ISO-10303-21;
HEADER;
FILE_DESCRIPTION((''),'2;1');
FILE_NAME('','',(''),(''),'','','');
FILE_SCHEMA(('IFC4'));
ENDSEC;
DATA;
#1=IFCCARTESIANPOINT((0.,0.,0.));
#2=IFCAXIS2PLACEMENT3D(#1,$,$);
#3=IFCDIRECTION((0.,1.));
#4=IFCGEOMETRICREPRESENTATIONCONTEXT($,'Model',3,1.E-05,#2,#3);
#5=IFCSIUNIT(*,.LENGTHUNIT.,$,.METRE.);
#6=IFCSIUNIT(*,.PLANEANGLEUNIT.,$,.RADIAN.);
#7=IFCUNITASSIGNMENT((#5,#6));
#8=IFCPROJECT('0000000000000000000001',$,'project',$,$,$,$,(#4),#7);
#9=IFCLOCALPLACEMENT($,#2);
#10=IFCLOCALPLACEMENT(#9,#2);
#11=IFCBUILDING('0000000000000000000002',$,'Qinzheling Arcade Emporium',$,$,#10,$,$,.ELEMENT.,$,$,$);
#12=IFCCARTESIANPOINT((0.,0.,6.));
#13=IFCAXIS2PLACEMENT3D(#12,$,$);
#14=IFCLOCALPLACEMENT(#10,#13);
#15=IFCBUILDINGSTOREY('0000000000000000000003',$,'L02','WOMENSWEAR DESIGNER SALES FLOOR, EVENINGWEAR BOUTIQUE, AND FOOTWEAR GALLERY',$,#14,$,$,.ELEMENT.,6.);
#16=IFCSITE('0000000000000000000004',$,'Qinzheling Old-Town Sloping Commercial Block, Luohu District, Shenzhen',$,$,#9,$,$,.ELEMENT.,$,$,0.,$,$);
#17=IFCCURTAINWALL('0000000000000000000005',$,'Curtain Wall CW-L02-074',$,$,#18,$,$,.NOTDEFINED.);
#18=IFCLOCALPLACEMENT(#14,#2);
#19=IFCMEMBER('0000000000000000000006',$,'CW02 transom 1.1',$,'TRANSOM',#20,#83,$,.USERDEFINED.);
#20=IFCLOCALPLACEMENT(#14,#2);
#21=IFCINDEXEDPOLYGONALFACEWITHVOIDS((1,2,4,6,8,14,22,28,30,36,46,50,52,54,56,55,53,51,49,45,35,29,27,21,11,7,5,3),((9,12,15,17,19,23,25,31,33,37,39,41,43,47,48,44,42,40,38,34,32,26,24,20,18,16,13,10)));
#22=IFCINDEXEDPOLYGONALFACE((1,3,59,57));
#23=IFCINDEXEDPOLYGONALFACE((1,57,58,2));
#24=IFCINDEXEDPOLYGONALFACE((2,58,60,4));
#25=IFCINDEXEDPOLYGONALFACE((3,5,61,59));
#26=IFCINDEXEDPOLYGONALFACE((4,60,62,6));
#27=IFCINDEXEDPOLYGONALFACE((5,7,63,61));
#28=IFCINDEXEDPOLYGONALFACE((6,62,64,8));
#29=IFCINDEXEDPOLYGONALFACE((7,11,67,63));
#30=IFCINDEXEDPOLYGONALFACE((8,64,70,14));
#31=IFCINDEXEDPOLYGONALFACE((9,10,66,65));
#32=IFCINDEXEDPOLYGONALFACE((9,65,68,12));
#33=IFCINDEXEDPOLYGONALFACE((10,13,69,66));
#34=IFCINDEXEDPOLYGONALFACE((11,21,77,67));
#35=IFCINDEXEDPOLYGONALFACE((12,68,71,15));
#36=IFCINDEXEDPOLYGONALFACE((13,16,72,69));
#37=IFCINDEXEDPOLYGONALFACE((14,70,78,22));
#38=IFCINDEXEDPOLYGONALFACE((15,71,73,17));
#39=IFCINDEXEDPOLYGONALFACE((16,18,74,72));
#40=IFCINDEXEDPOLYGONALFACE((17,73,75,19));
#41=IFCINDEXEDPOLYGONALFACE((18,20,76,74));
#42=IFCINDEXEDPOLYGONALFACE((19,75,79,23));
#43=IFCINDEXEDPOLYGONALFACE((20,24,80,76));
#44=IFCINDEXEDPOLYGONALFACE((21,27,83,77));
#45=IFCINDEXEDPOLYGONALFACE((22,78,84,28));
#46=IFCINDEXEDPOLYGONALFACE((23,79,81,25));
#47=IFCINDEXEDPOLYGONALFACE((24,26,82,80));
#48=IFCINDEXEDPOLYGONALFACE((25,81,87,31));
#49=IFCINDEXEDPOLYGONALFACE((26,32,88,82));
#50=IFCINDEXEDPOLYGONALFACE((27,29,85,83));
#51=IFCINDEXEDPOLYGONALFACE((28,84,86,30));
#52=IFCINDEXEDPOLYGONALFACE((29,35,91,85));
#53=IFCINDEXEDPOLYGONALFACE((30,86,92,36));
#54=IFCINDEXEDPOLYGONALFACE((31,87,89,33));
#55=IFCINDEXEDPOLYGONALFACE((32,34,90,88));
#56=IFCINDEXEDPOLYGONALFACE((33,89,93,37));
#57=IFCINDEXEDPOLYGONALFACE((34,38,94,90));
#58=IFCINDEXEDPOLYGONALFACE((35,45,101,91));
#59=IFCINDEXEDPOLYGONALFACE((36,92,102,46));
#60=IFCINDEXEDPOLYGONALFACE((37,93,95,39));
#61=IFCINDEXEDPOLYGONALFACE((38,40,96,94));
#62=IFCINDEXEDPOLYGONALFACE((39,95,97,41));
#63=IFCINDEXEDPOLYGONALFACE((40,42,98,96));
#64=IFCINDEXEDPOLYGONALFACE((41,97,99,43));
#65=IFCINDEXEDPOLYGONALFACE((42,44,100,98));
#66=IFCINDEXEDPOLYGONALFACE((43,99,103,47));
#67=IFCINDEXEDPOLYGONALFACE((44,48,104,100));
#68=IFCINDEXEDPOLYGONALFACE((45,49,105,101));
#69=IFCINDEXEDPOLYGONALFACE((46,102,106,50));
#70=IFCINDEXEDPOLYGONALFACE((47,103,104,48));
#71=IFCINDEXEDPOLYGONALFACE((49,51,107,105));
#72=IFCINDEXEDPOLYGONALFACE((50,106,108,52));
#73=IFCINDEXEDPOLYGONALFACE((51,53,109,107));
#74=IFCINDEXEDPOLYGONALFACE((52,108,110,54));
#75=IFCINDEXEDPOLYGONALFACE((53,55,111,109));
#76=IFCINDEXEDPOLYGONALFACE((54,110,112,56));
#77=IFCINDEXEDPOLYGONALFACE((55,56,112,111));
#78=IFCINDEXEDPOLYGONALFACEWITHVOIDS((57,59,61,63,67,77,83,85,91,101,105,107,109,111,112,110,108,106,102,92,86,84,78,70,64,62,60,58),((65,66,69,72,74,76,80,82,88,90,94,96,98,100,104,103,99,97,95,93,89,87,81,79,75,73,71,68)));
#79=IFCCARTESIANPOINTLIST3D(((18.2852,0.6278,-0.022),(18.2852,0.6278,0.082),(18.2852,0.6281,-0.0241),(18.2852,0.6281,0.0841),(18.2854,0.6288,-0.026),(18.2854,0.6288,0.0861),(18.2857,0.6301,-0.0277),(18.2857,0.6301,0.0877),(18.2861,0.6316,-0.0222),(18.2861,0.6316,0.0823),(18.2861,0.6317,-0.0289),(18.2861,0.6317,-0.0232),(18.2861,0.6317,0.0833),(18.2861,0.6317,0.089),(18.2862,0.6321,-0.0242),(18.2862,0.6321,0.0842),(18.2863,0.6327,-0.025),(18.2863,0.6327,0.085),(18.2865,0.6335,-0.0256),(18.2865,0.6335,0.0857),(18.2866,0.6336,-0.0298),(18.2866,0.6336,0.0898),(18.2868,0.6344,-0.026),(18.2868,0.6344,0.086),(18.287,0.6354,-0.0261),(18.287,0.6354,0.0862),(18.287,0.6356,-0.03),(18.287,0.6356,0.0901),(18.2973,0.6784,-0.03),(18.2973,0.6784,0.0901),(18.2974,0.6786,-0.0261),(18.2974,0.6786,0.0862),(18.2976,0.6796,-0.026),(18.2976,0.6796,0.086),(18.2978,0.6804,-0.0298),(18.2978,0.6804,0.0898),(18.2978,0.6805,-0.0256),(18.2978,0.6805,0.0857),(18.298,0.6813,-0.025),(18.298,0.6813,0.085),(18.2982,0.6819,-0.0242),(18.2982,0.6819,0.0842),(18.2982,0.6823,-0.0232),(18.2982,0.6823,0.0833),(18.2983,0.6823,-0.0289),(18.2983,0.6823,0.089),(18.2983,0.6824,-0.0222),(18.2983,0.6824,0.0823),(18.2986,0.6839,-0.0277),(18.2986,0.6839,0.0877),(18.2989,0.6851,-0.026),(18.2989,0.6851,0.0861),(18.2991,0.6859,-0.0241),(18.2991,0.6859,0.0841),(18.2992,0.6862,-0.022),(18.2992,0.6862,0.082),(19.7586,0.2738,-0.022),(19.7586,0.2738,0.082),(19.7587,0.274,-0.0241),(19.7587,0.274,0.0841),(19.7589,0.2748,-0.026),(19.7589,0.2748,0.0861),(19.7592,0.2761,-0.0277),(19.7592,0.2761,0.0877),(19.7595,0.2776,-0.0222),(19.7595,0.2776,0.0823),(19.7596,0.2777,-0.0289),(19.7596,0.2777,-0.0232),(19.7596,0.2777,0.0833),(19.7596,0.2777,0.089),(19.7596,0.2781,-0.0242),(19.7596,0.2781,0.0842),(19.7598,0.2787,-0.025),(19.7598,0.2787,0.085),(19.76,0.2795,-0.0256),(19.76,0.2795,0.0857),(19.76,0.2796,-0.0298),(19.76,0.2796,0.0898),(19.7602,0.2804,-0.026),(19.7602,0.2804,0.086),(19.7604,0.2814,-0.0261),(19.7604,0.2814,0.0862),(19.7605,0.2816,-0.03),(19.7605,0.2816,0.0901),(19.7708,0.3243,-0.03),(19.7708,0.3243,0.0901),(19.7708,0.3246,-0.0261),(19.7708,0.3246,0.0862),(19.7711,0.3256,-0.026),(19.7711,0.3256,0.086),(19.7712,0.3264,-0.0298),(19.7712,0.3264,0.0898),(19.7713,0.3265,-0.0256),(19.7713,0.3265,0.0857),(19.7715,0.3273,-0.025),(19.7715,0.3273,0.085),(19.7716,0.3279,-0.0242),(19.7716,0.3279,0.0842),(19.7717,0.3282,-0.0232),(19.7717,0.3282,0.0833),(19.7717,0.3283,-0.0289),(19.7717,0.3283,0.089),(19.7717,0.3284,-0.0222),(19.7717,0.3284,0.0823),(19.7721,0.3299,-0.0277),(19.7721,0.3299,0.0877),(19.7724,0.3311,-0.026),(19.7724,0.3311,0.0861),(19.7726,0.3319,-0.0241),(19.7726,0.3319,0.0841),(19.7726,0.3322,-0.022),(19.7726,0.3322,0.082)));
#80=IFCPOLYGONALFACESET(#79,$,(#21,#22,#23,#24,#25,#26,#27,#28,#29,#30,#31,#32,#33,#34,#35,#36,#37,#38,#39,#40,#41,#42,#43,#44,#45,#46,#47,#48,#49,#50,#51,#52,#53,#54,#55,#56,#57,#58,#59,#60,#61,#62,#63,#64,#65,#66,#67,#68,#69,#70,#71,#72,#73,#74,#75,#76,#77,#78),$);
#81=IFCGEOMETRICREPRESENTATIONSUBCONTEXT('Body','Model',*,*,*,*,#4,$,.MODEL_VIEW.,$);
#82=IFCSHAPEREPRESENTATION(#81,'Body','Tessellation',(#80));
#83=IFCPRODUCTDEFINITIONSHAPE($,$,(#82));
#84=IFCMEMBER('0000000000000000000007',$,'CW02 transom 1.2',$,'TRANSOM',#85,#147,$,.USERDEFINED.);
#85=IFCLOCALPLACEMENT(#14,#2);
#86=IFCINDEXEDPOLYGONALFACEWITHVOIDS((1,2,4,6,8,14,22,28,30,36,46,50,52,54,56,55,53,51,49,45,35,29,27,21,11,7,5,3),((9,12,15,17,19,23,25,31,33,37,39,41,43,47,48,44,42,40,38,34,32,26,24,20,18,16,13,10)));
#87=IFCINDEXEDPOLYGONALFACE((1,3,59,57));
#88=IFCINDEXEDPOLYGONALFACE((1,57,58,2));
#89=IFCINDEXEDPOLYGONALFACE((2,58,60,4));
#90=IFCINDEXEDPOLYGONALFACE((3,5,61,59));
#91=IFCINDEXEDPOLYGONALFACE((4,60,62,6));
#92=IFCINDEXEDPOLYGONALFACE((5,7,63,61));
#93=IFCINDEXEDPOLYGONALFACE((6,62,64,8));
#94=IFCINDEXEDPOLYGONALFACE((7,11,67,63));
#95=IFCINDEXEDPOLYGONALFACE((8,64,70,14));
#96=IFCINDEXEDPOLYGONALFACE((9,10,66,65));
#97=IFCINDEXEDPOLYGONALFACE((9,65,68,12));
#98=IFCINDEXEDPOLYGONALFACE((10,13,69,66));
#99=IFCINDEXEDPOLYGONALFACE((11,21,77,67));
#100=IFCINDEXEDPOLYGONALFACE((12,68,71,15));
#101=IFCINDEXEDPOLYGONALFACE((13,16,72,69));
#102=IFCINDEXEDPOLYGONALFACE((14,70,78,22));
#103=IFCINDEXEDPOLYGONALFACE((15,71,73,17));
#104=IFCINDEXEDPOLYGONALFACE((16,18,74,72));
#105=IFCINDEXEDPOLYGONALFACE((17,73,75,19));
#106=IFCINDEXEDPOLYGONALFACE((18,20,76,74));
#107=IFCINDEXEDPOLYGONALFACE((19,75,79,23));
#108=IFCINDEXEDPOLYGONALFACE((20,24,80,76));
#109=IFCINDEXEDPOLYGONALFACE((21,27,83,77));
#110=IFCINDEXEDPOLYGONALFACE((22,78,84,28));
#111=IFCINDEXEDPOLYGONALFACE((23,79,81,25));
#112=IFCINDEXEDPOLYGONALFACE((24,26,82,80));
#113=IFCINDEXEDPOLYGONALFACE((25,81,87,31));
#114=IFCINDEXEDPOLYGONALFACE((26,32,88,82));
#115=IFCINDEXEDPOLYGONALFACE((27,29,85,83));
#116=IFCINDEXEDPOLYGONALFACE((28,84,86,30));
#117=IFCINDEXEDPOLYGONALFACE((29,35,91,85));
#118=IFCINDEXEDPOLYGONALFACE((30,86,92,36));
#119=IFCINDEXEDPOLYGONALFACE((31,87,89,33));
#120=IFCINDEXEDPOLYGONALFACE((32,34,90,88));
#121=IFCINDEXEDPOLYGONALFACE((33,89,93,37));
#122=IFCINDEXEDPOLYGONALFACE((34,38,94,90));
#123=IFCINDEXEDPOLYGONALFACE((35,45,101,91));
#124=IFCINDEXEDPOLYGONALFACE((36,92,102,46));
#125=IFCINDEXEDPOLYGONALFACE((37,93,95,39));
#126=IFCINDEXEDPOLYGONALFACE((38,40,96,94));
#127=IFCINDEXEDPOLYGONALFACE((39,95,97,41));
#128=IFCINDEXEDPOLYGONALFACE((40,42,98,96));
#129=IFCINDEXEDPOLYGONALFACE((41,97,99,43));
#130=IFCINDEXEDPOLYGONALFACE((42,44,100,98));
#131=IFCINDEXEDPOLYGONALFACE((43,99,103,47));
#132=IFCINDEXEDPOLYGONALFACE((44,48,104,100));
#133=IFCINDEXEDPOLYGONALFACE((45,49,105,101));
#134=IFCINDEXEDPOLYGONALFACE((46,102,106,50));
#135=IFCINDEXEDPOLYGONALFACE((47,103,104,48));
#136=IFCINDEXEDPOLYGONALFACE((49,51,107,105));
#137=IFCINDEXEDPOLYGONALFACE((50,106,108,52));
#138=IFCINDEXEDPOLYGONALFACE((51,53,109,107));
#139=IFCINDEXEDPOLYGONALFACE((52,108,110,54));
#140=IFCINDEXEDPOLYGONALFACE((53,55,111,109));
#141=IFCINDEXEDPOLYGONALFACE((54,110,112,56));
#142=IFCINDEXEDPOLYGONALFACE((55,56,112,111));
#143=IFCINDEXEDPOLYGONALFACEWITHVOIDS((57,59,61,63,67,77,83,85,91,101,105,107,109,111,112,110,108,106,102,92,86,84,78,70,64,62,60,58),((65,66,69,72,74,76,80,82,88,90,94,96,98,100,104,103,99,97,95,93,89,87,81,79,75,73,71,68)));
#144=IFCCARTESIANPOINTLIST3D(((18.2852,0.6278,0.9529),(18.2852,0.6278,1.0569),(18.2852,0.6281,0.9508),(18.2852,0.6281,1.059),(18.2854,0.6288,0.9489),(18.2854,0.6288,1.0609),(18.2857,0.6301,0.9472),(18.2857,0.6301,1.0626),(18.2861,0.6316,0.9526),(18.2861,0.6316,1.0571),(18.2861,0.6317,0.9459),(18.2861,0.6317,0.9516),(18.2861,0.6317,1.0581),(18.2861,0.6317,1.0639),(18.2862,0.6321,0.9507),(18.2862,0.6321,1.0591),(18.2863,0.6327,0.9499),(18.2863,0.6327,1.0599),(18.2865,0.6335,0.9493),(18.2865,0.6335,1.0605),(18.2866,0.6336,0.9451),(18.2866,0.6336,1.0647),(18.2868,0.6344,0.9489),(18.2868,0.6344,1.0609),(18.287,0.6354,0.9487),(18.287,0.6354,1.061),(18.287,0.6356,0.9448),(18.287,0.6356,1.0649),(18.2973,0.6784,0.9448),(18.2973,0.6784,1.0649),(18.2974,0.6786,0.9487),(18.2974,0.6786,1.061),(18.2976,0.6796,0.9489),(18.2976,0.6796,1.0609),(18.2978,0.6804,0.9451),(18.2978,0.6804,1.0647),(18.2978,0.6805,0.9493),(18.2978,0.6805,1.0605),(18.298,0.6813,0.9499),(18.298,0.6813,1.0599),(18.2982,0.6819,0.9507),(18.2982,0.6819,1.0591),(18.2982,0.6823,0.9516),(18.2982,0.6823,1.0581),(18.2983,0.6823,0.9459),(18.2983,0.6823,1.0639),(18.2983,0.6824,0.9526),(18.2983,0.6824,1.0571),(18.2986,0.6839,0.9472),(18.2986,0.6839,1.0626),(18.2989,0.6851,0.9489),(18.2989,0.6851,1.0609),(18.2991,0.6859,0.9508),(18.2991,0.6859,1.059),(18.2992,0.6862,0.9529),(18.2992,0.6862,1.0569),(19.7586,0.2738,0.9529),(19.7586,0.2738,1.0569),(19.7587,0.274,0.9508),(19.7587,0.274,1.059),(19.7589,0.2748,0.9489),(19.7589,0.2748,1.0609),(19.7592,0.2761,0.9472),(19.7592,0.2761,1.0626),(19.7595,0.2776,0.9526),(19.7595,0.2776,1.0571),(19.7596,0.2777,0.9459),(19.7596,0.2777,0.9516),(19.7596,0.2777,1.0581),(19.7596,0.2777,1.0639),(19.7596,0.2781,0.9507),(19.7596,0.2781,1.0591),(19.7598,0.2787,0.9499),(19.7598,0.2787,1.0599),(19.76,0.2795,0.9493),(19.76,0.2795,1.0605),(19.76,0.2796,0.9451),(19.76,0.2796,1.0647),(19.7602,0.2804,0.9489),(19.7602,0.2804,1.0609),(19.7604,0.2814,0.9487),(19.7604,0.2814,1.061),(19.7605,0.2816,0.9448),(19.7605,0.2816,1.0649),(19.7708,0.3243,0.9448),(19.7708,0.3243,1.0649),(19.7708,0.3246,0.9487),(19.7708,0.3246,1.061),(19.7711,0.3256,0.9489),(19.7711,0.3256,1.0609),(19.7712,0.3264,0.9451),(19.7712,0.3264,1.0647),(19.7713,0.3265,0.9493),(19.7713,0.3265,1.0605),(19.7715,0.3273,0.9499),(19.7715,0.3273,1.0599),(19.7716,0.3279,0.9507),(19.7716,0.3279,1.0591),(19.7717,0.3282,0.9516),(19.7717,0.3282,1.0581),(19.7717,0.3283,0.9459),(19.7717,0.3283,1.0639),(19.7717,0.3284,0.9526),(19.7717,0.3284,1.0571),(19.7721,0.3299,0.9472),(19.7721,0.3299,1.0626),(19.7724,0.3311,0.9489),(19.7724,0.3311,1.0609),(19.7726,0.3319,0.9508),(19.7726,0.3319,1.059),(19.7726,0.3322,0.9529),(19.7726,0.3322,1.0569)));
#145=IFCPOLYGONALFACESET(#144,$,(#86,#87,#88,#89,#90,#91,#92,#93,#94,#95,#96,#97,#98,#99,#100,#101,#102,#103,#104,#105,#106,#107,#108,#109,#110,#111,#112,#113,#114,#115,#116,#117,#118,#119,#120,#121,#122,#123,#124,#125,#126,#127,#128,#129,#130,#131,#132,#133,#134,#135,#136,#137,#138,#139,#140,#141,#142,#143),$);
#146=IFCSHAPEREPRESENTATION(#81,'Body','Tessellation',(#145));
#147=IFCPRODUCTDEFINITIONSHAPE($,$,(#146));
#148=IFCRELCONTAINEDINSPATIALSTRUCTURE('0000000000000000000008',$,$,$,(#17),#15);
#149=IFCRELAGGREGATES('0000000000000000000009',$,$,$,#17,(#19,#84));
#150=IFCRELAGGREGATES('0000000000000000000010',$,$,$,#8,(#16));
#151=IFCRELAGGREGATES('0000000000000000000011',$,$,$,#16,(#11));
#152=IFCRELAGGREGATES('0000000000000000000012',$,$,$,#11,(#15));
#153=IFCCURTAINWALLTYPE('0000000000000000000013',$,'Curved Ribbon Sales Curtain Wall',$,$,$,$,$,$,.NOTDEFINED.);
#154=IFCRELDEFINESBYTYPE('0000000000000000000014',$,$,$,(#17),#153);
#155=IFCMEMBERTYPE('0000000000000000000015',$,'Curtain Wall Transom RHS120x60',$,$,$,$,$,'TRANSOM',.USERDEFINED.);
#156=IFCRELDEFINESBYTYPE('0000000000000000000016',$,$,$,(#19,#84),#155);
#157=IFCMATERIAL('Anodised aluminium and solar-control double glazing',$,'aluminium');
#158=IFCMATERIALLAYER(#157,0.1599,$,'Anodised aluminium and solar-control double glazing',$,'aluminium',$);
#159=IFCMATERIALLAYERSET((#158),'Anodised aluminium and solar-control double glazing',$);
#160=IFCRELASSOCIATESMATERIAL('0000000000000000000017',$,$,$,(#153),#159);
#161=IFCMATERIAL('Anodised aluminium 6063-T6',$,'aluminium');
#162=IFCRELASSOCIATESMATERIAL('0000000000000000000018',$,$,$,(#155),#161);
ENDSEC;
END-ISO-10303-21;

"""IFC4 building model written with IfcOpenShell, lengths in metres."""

from ifc_helpers import new_model, si_unit, direction, frame, origin, origin_2d, place, context, subcontext, project, spatial, hollow_rectangle, extrude, material, layer, layer_set, material_profile, profile_set, type_object, element, aggregate, save


model = new_model("IFC4")

# Units and contexts
model_context = context("Model", 3, precision=1e-05, world=origin(), true_north=direction((0.0, 1.0)))
body_context = subcontext(model_context, "Body", "Model", "MODEL_VIEW")
ifc_project = project(units=[si_unit("LENGTHUNIT", "METRE"), si_unit("PLANEANGLEUNIT", "RADIAN")], contexts=[model_context])

# Site, building, storey
site_placement = place(None, origin())
site = spatial("IfcSite", under=ifc_project, at=site_placement, Name="Qinzheling Old-Town Sloping Commercial Block, Luohu District, Shenzhen", CompositionType="ELEMENT", RefElevation=0.0)
building_placement = place(site_placement, origin())
building = spatial("IfcBuilding", under=site, at=building_placement, Name="Qinzheling Arcade Emporium", CompositionType="ELEMENT")
storey_placement = place(building_placement, frame((0.0, 0.0, 6.0)))
storey = spatial("IfcBuildingStorey", under=building, at=storey_placement, Name="L02", Description="WOMENSWEAR DESIGNER SALES FLOOR, EVENINGWEAR BOUTIQUE, AND FOOTWEAR GALLERY", CompositionType="ELEMENT", Elevation=6.0)

# Shared definitions
ifc_material_1 = material(Name="Anodised aluminium and solar-control double glazing", Category="aluminium")
ifc_layer_1 = layer(ifc_material_1, 0.1599, Name="Anodised aluminium and solar-control double glazing", Category="aluminium")
ifc_layer_set_1 = layer_set([ifc_layer_1], Name="Anodised aluminium and solar-control double glazing")
curtain_wall_type = type_object("IfcCurtainWallType", Name="Curved Ribbon Sales Curtain Wall", PredefinedType="NOTDEFINED", material=ifc_layer_set_1)
ifc_material_2 = material(Name="Anodised aluminium 6063-T6", Category="aluminium")

# Curtain wall, members
curtain_wall_1_placement = place(storey_placement, origin())
curtain_wall_1 = element("IfcCurtainWall", 1, at=curtain_wall_1_placement, inside=storey, type_object=curtain_wall_type, Name="Curtain Wall CW-L02-074", PredefinedType="NOTDEFINED")
ifc_material_profile_1 = material_profile(ifc_material_2, hollow_rectangle(XDim=0.0601, YDim=0.1201, WallThickness=0.0039, InnerFilletRadius=0.0039, OuterFilletRadius=0.0081, at=origin_2d()), Name="RHS 120x60x4", Category="aluminium")
ifc_profile_set_1 = profile_set([ifc_material_profile_1], Name="Anodised aluminium 6063-T6")
member_type_1 = type_object("IfcMemberType", Name="Curtain Wall Transom RHS120x60", ElementType="TRANSOM", PredefinedType="USERDEFINED", material=ifc_profile_set_1)
member_1_placement = place(storey_placement, frame((19.7656, 0.303, 0.03), z_axis=(-0.972329, 0.233617, 0.0), x_axis=(-0.233617, -0.972329, 0.0)))
member_1 = element("IfcMember", 2, at=member_1_placement, type_object=member_type_1, Name="CW02 transom 1.1", ObjectType="TRANSOM", PredefinedType="USERDEFINED", context=body_context, shape_type="SweptSolid", body=[
    extrude(hollow_rectangle(XDim=0.0601, YDim=0.1201, WallThickness=0.0039, InnerFilletRadius=0.0039, OuterFilletRadius=0.0081, at=origin_2d()), origin(), (0.0, 0.0, 1.0), 1.5154),
])
member_2_placement = place(storey_placement, frame((19.7656, 0.303, 1.0049), z_axis=(-0.972329, 0.233617, 0.0), x_axis=(-0.233617, -0.972329, 0.0)))
member_2 = element("IfcMember", 3, at=member_2_placement, type_object=member_type_1, Name="CW02 transom 1.2", ObjectType="TRANSOM", PredefinedType="USERDEFINED", context=body_context, shape_type="SweptSolid", body=[
    extrude(hollow_rectangle(XDim=0.0601, YDim=0.1201, WallThickness=0.0039, InnerFilletRadius=0.0039, OuterFilletRadius=0.0081, at=origin_2d()), origin(), (0.0, 0.0, 1.0), 1.5154),
])

aggregate(curtain_wall_1, [member_1, member_2])

save(model, "model.ifc")
